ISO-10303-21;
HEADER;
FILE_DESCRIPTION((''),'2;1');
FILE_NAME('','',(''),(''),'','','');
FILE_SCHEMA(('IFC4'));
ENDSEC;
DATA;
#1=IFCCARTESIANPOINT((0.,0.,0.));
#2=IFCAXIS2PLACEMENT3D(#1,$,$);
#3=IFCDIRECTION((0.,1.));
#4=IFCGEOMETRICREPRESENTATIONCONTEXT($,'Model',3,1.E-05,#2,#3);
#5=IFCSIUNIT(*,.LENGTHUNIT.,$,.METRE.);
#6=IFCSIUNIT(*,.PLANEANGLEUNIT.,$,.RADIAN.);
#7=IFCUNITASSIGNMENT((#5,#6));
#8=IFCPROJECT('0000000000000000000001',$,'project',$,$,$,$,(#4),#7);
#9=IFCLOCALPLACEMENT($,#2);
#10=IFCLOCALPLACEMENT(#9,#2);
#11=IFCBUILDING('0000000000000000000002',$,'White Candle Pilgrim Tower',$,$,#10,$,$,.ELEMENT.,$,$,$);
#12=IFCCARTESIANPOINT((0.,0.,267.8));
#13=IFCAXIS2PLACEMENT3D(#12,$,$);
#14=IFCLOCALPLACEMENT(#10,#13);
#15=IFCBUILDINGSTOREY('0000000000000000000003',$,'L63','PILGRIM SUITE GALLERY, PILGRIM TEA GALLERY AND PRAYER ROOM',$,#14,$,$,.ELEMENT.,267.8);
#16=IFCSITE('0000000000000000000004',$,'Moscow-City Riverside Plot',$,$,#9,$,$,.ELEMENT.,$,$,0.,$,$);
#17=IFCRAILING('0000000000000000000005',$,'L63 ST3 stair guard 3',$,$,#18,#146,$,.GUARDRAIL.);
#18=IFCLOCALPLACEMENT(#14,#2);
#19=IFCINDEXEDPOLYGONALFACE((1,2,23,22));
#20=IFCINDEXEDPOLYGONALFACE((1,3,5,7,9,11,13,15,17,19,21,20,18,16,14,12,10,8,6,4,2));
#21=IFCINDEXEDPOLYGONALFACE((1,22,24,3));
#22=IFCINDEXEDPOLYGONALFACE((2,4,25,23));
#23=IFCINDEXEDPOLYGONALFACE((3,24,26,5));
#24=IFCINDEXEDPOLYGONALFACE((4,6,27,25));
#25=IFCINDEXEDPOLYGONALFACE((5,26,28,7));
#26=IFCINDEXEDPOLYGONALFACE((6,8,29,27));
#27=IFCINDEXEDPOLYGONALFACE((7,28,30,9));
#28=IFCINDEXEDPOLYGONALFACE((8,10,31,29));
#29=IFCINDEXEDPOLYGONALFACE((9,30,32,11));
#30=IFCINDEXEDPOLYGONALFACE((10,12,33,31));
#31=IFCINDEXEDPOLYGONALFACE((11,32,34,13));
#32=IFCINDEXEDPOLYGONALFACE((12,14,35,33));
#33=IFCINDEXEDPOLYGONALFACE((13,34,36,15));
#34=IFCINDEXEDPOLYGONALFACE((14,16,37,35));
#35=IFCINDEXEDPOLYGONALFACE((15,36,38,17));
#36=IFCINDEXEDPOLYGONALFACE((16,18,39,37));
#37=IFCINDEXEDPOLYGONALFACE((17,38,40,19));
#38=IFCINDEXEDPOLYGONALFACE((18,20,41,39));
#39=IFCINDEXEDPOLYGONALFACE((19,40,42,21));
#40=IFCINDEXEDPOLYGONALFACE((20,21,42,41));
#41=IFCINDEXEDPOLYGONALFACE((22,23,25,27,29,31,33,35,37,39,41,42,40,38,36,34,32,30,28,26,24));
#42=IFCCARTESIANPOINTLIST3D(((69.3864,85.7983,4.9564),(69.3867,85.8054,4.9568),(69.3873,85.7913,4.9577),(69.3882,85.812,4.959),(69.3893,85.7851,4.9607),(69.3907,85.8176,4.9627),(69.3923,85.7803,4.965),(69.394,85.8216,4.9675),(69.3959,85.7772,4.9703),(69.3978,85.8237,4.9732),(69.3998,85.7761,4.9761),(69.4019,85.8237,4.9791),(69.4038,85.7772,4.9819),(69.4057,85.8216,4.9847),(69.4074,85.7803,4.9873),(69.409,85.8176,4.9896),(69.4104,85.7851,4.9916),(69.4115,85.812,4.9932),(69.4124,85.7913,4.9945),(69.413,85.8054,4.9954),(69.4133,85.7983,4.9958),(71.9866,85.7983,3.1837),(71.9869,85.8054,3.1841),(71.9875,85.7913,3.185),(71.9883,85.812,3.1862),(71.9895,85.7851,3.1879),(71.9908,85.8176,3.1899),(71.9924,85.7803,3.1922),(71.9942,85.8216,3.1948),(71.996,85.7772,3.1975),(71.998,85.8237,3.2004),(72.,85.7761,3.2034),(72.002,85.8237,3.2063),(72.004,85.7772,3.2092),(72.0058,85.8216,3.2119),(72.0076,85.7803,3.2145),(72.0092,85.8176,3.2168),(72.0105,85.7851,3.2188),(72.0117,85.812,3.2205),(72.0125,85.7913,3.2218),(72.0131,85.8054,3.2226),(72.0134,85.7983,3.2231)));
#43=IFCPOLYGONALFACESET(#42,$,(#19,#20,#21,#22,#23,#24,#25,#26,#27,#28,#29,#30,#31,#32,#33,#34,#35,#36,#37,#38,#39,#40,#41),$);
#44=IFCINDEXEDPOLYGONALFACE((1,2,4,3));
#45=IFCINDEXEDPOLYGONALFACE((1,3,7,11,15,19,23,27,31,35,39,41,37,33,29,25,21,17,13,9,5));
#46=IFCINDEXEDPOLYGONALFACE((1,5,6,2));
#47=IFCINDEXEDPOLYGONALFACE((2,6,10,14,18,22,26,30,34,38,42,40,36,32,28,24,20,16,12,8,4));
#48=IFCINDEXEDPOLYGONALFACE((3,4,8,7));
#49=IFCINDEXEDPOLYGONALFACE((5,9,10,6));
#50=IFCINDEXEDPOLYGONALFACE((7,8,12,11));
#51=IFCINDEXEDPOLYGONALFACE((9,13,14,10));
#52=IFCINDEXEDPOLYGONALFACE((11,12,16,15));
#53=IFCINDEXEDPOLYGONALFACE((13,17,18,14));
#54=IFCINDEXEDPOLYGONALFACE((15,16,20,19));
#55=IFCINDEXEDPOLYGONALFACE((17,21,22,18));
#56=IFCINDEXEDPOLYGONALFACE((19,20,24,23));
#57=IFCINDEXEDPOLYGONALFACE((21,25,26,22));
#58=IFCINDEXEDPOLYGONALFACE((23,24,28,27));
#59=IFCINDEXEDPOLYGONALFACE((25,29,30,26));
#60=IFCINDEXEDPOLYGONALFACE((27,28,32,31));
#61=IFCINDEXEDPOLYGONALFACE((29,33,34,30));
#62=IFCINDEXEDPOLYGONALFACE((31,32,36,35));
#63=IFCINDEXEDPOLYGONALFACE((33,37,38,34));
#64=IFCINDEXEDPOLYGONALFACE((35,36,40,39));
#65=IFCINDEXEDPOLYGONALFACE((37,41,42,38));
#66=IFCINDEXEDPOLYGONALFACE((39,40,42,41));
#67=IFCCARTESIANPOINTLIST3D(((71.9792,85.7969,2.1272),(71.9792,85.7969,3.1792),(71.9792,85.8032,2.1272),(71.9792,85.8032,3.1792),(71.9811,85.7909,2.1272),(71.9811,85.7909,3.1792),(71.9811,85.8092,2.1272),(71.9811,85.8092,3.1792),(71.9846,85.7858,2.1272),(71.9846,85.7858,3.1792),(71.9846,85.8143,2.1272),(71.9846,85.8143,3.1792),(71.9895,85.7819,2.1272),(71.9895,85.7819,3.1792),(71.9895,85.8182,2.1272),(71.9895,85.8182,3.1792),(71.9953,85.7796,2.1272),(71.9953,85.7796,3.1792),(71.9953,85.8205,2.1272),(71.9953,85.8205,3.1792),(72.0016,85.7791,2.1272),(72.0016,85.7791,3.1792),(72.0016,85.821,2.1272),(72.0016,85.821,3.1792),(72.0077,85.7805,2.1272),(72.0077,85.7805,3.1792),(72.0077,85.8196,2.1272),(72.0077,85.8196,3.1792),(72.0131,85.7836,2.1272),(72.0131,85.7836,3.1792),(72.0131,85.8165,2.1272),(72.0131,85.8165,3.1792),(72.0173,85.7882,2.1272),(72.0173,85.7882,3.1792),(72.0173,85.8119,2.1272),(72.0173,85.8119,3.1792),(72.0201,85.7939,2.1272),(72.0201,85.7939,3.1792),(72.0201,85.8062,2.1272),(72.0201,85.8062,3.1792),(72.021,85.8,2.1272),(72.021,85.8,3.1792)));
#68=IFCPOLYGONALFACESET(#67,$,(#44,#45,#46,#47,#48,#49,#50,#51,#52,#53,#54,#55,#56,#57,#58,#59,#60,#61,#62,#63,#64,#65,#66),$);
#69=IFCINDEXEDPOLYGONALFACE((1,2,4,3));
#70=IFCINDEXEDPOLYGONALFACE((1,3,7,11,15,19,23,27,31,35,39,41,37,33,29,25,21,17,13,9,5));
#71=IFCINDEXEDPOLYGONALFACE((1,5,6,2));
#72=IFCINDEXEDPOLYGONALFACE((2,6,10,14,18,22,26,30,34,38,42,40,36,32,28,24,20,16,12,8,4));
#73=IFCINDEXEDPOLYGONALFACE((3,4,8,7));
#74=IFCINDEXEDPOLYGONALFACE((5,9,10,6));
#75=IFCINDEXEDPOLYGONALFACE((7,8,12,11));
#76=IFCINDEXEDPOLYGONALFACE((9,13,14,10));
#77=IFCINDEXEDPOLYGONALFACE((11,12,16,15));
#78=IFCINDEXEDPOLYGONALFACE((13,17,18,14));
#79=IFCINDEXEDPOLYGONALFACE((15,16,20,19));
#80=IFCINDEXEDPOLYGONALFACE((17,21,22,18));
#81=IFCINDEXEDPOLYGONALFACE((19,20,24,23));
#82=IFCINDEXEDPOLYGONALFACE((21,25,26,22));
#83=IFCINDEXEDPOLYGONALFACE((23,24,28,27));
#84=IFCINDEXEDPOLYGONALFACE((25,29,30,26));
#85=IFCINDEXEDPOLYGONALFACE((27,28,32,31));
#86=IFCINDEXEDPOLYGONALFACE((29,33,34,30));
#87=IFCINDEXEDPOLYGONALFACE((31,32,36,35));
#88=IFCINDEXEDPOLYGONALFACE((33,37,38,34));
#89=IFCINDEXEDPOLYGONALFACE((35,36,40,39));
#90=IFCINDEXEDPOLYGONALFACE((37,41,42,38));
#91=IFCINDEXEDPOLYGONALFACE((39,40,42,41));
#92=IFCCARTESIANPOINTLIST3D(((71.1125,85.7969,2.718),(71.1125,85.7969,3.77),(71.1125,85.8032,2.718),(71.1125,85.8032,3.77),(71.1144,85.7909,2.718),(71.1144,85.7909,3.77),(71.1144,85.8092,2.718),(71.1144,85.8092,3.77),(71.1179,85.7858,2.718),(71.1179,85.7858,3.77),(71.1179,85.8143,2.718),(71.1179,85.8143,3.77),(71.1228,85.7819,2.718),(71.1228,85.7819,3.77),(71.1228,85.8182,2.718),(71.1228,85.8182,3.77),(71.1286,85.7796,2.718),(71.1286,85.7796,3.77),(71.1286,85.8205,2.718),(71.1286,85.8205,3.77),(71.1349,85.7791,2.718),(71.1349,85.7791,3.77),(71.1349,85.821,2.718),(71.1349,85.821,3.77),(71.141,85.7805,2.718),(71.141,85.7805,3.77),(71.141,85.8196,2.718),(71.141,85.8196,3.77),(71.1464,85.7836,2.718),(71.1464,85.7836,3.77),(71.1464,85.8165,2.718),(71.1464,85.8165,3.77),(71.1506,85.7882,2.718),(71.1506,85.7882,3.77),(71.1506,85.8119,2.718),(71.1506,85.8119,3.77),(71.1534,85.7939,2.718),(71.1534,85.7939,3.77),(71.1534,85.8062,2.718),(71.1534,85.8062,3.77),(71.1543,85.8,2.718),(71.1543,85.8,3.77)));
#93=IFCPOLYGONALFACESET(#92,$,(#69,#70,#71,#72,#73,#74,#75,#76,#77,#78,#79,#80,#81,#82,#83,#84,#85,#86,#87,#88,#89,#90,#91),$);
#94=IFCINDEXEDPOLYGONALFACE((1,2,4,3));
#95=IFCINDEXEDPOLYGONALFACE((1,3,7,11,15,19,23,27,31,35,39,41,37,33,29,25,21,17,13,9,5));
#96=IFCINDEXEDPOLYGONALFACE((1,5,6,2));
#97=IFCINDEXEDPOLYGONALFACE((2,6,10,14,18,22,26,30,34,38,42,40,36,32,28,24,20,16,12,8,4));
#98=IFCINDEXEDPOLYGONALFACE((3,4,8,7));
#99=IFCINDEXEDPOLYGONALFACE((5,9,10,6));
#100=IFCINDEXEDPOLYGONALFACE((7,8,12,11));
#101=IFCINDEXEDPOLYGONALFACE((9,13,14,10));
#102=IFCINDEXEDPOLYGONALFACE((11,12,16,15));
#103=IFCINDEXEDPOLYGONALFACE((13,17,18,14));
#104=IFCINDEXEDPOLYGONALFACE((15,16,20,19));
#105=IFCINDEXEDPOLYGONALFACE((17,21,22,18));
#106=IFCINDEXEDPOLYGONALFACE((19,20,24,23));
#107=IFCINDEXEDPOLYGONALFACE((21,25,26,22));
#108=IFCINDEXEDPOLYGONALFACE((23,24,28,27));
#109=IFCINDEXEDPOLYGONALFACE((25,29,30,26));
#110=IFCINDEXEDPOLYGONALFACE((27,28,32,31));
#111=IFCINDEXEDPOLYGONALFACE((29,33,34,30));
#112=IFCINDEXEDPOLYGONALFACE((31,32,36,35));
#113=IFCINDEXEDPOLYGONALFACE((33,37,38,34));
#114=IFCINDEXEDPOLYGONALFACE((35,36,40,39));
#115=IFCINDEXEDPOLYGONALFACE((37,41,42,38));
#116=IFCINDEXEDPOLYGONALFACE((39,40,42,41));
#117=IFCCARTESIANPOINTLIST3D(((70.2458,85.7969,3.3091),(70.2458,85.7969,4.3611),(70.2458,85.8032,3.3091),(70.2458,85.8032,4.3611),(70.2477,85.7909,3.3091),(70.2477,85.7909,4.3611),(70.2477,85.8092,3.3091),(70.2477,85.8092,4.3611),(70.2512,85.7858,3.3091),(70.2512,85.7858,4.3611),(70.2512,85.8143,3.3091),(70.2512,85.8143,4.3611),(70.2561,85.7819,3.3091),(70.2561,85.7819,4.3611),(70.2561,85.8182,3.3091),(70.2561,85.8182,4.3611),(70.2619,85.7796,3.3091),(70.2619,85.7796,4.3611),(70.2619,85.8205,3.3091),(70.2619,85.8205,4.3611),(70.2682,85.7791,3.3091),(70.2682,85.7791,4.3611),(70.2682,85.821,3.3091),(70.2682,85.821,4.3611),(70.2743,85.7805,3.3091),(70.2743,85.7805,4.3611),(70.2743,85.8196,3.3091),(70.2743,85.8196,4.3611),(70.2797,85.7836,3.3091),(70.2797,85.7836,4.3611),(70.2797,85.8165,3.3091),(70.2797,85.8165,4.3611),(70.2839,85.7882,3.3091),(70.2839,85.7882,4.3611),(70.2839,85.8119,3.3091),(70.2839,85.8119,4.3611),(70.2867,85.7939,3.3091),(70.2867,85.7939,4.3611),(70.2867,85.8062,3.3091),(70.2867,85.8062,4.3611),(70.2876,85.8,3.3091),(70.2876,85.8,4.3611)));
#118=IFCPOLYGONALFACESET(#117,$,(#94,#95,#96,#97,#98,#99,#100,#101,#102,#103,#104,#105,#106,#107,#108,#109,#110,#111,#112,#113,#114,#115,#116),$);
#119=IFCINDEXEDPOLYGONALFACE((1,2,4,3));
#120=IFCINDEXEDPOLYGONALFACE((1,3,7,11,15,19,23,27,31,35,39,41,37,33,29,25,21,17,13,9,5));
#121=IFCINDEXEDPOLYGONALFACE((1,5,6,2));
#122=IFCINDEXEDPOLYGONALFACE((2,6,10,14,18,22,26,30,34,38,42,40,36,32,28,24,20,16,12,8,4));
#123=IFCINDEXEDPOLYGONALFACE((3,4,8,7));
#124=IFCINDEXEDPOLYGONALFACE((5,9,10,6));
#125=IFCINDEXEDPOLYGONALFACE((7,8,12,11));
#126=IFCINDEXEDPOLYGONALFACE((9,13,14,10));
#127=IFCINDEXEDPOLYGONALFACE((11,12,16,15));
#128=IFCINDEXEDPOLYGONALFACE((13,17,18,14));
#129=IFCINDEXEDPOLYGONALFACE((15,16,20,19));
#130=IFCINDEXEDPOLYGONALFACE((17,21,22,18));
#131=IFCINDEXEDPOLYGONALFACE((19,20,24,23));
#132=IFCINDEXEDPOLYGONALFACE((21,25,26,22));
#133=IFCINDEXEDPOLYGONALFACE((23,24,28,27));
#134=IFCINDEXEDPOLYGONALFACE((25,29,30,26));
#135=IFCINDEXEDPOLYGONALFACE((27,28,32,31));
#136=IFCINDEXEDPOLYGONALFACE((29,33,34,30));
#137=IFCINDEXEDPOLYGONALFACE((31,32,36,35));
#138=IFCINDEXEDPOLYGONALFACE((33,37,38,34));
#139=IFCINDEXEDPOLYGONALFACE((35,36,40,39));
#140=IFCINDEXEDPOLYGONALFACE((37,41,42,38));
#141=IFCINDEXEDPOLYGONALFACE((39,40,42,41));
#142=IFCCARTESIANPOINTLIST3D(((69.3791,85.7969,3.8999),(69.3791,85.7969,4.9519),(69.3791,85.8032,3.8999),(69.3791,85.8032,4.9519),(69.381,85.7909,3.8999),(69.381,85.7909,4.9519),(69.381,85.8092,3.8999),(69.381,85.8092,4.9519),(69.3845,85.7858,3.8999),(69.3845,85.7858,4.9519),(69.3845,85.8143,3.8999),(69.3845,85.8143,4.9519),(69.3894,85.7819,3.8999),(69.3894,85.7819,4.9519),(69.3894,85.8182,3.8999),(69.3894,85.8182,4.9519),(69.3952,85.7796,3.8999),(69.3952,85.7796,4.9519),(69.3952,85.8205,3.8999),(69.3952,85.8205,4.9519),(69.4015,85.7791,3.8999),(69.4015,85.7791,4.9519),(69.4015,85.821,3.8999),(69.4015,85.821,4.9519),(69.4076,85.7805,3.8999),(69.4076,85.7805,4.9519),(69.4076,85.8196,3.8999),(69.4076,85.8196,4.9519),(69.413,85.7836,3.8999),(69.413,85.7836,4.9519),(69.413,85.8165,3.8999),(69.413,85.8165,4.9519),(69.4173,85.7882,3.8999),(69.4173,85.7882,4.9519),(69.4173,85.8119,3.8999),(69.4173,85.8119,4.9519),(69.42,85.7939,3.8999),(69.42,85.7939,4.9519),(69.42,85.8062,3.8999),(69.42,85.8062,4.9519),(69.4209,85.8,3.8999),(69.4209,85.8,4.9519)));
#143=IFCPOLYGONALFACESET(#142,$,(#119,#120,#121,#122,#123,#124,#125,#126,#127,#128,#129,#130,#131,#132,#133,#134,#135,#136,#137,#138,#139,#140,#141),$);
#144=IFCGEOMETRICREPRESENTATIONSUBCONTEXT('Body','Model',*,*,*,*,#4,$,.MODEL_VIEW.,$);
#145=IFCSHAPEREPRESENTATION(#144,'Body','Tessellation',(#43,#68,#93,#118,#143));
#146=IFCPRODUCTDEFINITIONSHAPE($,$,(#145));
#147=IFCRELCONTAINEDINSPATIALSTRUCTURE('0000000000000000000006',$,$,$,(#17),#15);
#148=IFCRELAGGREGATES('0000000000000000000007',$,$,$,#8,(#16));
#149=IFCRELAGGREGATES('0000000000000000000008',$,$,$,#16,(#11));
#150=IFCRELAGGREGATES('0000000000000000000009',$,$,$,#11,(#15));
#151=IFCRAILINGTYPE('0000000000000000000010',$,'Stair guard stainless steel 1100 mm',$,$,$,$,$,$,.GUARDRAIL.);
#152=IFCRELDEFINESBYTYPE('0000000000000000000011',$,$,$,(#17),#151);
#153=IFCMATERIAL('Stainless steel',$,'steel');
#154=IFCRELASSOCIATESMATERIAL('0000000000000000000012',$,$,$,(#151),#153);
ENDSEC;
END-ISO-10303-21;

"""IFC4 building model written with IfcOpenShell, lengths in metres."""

from ifc_helpers import new_model, si_unit, direction, frame, origin, origin_2d, place, context, subcontext, project, spatial, circle, extrude, material, type_object, element, save


model = new_model("IFC4")

# Units and contexts
model_context = context("Model", 3, precision=1e-05, world=origin(), true_north=direction((0.0, 1.0)))
body_context = subcontext(model_context, "Body", "Model", "MODEL_VIEW")
ifc_project = project(units=[si_unit("LENGTHUNIT", "METRE"), si_unit("PLANEANGLEUNIT", "RADIAN")], contexts=[model_context])

# Site, building, storey
site_placement = place(None, origin())
site = spatial("IfcSite", under=ifc_project, at=site_placement, Name="Moscow-City Riverside Plot", CompositionType="ELEMENT", RefElevation=0.0)
building_placement = place(site_placement, origin())
building = spatial("IfcBuilding", under=site, at=building_placement, Name="White Candle Pilgrim Tower", CompositionType="ELEMENT")
storey_placement = place(building_placement, frame((0.0, 0.0, 267.8)))
storey = spatial("IfcBuildingStorey", under=building, at=storey_placement, Name="L63", Description="PILGRIM SUITE GALLERY, PILGRIM TEA GALLERY AND PRAYER ROOM", CompositionType="ELEMENT", Elevation=267.8)

# Railing
ifc_material_1 = material(Name="Stainless steel", Category="steel")
railing_type_1 = type_object("IfcRailingType", Name="Stair guard stainless steel 1100 mm", PredefinedType="GUARDRAIL", material=ifc_material_1)
railing_1_placement = place(storey_placement, frame((72.0, 85.8, 2.1272)))
element("IfcRailing", 1, at=railing_1_placement, inside=storey, type_object=railing_type_1, Name="L63 ST3 stair guard 3", PredefinedType="GUARDRAIL", context=body_context, shape_type="SweptSolid", body=[
    extrude(circle(Radius=0.0239, at=origin_2d()), frame((0.0, 0.0, 1.0762), z_axis=(-0.82624, 0.0, 0.563318), x_axis=(0.0, -1.0, 0.0)), (0.0, 0.0, 1.0), 3.147),
    extrude(circle(Radius=0.021, at=origin_2d()), origin(), (0.0, 0.0, 1.0), 1.052),
    extrude(circle(Radius=0.021, at=origin_2d()), frame((-0.8667, 0.0, 0.5908)), (0.0, 0.0, 1.0), 1.052),
    extrude(circle(Radius=0.021, at=origin_2d()), frame((-1.7334, 0.0, 1.1819)), (0.0, 0.0, 1.0), 1.052),
    extrude(circle(Radius=0.021, at=origin_2d()), frame((-2.6001, 0.0, 1.7727)), (0.0, 0.0, 1.0), 1.052),
])

save(model, "model.ifc")
